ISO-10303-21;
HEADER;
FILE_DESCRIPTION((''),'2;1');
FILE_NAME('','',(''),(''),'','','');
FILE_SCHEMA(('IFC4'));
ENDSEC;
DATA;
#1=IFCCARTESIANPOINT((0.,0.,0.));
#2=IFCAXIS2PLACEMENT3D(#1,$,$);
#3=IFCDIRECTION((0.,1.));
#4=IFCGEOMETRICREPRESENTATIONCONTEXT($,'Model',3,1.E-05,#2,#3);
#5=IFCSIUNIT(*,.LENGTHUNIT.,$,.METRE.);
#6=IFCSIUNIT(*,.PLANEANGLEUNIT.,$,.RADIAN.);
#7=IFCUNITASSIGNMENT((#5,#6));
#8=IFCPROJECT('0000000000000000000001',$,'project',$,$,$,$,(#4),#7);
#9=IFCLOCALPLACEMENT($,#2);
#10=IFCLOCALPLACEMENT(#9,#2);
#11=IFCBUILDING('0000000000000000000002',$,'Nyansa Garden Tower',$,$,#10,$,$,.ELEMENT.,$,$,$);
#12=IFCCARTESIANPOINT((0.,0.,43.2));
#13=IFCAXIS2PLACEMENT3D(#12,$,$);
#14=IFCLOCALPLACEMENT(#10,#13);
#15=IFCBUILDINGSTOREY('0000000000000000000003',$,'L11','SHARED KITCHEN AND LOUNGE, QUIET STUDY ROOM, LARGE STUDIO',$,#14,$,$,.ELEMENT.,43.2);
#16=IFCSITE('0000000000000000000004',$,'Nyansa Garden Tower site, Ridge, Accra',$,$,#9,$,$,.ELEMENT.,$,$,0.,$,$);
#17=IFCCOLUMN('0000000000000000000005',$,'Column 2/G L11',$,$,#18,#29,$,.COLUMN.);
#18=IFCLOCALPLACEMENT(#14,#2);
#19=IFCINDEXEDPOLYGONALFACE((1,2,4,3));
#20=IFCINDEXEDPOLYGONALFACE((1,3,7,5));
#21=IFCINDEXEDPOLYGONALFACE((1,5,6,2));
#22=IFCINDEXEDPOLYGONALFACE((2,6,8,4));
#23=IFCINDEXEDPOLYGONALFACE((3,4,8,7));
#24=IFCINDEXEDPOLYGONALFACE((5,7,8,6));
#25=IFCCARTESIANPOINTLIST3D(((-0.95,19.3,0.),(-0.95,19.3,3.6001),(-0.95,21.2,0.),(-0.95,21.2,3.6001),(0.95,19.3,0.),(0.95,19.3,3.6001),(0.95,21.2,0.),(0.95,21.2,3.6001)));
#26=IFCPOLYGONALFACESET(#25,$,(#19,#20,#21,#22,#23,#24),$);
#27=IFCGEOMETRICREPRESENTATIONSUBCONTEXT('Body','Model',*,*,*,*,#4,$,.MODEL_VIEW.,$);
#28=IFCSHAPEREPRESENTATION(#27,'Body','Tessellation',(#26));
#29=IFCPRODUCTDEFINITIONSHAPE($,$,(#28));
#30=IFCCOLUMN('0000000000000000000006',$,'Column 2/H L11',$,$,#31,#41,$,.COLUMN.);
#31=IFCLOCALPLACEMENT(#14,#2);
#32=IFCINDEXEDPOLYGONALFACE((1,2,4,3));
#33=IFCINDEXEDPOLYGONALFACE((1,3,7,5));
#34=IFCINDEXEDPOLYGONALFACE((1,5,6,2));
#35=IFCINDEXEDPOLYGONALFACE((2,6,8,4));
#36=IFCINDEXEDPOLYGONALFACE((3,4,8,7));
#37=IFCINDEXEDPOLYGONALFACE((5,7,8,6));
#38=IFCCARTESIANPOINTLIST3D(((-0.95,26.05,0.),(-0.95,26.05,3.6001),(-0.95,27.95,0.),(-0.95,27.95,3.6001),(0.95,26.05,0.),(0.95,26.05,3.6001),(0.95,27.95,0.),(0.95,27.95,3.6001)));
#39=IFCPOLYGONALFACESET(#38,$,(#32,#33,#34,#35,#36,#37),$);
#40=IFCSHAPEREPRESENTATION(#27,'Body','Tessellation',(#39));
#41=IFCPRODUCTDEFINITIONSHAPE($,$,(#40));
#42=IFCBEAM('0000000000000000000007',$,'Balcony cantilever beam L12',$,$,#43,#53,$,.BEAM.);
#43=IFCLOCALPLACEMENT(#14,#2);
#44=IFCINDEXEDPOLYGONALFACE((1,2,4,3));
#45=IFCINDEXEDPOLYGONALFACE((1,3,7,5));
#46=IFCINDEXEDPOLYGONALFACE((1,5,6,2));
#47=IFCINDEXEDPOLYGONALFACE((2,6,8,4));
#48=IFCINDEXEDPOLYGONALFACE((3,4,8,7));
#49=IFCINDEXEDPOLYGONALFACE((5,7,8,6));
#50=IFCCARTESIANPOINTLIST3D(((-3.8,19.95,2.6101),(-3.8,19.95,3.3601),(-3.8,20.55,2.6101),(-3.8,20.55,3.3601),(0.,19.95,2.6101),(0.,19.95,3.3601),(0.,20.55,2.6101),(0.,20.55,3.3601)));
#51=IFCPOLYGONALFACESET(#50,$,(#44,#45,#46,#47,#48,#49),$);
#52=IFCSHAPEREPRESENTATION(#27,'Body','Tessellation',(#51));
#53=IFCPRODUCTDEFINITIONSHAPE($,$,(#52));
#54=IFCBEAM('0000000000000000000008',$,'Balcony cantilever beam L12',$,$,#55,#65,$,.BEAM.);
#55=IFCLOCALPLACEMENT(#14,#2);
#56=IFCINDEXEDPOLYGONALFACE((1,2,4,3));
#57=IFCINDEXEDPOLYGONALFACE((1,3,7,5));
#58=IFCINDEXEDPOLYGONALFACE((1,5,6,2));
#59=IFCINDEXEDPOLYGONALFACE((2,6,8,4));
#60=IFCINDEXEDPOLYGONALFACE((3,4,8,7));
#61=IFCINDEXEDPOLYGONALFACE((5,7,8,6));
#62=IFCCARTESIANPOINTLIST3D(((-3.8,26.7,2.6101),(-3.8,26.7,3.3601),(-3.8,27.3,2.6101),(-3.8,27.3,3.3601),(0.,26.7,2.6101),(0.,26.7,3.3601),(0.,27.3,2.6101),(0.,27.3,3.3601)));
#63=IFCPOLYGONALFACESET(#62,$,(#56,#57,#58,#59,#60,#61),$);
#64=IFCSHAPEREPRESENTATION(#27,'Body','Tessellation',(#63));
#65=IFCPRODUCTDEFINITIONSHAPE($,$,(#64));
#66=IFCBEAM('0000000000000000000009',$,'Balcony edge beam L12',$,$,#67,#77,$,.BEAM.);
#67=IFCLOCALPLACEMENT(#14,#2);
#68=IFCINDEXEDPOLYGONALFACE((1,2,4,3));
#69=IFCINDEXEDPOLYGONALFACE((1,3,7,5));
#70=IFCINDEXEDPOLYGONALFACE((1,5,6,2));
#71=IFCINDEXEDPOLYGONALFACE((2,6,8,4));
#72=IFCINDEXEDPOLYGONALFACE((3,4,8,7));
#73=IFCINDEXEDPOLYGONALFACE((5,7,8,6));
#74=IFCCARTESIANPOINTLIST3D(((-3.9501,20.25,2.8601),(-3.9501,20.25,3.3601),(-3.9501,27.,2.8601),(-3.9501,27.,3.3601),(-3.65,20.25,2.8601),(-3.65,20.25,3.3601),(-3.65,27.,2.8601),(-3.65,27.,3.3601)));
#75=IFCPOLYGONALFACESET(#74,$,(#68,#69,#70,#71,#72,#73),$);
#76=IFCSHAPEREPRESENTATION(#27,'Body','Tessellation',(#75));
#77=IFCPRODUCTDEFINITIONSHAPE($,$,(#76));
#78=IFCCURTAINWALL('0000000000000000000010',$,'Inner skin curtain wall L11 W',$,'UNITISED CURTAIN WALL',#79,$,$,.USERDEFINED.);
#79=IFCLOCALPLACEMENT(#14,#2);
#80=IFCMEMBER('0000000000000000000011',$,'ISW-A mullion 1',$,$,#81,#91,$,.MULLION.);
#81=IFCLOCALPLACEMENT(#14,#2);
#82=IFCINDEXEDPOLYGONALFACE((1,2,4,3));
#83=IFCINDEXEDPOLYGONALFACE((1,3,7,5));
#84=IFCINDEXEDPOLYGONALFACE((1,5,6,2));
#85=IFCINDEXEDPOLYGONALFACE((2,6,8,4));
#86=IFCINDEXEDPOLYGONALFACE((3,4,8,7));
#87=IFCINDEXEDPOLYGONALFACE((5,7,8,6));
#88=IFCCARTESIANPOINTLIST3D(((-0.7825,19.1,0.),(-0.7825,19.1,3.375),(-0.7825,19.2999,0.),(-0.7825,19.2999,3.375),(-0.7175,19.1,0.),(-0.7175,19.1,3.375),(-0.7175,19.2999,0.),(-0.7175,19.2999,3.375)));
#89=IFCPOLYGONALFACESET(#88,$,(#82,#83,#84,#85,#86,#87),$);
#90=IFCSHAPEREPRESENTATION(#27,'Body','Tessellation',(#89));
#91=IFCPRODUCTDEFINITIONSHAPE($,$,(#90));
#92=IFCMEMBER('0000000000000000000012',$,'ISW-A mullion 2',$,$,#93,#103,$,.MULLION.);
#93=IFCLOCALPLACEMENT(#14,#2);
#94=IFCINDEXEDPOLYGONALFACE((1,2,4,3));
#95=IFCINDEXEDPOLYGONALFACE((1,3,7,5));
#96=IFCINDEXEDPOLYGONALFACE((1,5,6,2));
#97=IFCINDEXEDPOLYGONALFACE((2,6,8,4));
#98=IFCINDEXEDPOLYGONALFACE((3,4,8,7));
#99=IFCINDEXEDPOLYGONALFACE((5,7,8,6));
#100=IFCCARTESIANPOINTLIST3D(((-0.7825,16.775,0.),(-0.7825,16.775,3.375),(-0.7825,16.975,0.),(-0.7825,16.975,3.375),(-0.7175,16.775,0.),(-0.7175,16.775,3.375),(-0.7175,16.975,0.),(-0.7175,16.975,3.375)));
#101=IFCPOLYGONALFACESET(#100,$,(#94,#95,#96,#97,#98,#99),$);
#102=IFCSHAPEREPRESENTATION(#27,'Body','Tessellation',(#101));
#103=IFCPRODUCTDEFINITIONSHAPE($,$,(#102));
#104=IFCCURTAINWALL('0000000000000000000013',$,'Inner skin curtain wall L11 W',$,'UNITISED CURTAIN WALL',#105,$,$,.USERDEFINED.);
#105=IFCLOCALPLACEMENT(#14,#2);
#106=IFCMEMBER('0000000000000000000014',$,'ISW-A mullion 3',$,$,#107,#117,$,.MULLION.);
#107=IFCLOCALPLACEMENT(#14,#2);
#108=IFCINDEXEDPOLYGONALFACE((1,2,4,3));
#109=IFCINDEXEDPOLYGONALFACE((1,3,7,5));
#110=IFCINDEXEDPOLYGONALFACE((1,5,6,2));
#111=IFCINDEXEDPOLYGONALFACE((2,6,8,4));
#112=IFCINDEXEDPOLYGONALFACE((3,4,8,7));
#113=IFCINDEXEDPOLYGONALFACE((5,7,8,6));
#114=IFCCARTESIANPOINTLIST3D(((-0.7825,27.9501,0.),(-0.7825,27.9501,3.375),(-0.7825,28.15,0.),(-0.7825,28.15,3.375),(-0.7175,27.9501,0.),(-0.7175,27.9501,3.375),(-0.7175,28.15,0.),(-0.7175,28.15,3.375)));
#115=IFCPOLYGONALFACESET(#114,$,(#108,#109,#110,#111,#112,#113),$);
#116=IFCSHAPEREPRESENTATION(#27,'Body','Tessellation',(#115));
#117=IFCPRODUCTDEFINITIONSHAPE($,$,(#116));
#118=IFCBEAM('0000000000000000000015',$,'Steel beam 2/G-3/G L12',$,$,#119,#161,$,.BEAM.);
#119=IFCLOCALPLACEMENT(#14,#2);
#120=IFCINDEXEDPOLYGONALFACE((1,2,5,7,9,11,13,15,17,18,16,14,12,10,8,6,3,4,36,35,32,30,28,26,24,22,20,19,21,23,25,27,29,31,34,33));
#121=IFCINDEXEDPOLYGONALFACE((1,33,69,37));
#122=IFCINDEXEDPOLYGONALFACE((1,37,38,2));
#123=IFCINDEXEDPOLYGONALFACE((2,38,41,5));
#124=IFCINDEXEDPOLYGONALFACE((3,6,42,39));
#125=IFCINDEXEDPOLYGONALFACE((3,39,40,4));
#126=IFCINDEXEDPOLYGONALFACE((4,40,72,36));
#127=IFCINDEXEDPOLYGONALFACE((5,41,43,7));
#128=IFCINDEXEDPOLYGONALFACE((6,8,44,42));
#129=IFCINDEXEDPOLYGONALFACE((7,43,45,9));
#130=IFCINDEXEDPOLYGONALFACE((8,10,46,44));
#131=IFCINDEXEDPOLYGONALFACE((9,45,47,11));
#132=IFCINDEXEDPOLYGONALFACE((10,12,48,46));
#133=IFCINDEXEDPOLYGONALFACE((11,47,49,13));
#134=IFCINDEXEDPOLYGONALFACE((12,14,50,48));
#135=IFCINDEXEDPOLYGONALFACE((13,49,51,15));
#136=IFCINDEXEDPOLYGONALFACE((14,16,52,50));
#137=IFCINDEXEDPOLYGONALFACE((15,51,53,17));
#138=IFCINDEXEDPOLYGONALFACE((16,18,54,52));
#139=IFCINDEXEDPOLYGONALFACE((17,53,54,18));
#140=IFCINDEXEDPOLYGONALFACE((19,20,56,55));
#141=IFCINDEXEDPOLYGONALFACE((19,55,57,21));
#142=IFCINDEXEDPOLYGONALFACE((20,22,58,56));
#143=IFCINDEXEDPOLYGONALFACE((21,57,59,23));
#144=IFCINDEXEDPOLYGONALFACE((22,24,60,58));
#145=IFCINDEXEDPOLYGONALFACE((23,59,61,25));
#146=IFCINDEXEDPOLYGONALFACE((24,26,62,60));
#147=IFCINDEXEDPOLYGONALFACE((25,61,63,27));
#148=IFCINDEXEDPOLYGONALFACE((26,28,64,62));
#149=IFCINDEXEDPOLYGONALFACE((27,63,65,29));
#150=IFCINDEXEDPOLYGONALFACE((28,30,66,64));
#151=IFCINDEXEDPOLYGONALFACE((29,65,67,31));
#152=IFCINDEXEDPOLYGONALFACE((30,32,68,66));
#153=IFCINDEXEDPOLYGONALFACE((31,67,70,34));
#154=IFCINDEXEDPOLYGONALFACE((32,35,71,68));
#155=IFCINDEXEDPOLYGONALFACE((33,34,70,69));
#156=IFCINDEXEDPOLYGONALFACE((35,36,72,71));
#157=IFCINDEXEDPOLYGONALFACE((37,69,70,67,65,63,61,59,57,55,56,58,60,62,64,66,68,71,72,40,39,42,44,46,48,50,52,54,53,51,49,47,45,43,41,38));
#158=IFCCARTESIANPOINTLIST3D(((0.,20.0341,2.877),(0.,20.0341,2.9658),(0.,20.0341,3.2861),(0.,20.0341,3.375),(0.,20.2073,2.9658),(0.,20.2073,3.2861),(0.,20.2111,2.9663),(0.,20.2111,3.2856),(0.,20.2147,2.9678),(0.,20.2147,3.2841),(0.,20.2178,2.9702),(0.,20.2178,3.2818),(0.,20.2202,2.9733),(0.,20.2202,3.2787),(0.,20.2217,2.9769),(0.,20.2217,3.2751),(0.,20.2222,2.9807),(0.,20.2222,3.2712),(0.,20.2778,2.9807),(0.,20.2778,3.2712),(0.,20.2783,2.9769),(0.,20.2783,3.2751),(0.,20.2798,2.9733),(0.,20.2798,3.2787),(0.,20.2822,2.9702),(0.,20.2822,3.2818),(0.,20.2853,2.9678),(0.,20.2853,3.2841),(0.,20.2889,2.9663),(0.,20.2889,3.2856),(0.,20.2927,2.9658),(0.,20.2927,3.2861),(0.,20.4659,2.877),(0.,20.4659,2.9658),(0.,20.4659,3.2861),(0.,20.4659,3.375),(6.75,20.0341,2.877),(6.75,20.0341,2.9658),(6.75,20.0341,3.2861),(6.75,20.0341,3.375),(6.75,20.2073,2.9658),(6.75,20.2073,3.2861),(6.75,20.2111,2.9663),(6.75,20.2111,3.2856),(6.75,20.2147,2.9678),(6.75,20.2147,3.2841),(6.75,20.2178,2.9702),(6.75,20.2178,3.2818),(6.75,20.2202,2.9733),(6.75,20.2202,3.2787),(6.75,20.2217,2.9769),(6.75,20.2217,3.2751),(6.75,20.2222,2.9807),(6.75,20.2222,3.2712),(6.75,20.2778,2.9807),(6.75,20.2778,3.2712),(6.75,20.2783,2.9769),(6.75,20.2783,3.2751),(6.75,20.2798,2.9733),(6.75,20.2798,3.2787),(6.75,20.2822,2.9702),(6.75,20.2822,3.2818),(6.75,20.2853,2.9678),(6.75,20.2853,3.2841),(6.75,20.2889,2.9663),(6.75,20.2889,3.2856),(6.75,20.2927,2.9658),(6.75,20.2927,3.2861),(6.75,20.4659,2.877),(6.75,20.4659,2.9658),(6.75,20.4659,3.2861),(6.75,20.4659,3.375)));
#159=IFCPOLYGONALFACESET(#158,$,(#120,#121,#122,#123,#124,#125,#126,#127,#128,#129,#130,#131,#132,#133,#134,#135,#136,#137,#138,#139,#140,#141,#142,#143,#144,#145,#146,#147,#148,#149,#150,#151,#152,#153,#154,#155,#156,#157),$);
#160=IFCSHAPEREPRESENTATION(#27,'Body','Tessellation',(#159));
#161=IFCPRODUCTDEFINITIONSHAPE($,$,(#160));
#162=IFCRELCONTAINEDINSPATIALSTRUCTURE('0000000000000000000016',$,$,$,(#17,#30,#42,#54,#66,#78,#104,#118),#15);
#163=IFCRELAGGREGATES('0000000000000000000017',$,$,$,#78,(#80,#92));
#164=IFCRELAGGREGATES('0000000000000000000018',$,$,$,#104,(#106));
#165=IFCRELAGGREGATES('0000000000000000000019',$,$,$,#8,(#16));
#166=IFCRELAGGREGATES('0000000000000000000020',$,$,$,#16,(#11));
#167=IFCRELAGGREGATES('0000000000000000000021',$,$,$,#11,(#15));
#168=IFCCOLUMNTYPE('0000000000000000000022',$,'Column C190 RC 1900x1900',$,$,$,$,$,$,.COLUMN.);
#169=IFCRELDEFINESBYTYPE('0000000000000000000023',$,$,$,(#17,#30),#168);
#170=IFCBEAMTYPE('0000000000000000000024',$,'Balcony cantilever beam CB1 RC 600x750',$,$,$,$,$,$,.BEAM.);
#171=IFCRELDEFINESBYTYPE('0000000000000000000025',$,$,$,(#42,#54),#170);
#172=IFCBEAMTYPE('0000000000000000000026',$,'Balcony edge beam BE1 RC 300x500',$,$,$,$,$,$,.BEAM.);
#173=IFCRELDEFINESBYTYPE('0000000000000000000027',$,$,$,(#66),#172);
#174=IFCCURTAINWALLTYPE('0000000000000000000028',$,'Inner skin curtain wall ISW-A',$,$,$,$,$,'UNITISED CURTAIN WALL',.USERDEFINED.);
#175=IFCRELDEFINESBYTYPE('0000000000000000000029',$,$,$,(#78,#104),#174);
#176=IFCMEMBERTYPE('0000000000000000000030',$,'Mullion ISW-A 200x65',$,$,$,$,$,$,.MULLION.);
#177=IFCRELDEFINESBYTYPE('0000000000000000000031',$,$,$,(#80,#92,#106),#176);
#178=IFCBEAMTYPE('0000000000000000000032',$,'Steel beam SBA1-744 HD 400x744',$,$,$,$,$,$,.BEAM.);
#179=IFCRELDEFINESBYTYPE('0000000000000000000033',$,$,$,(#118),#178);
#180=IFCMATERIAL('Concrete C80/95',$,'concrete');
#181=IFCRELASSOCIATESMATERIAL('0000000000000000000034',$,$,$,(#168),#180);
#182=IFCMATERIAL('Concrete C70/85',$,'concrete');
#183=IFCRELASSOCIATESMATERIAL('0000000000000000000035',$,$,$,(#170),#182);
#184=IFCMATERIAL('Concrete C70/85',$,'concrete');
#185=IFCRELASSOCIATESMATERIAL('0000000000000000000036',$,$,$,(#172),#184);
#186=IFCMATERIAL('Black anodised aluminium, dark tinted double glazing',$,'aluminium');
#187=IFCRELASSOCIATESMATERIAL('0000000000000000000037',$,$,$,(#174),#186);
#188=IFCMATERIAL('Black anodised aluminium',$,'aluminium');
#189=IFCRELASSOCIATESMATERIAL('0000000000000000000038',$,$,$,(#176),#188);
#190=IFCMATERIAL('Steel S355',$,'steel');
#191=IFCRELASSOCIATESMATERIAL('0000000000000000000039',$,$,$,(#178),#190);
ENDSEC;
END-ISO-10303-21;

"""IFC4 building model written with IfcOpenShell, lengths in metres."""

from ifc_helpers import new_model, si_unit, direction, frame, origin, origin_2d, place, context, subcontext, project, spatial, rectangle, i_section, extrude, material, material_profile, profile_set, type_object, element, aggregate, save


model = new_model("IFC4")

# Units and contexts
model_context = context("Model", 3, precision=1e-05, world=origin(), true_north=direction((0.0, 1.0)))
body_context = subcontext(model_context, "Body", "Model", "MODEL_VIEW")
ifc_project = project(units=[si_unit("LENGTHUNIT", "METRE"), si_unit("PLANEANGLEUNIT", "RADIAN")], contexts=[model_context])

# Site, building, storey
site_placement = place(None, origin())
site = spatial("IfcSite", under=ifc_project, at=site_placement, Name="Nyansa Garden Tower site, Ridge, Accra", CompositionType="ELEMENT", RefElevation=0.0)
building_placement = place(site_placement, origin())
building = spatial("IfcBuilding", under=site, at=building_placement, Name="Nyansa Garden Tower", CompositionType="ELEMENT")
storey_placement = place(building_placement, frame((0.0, 0.0, 43.2)))
storey = spatial("IfcBuildingStorey", under=building, at=storey_placement, Name="L11", Description="SHARED KITCHEN AND LOUNGE, QUIET STUDY ROOM, LARGE STUDIO", CompositionType="ELEMENT", Elevation=43.2)

# Columns
ifc_material_1 = material(Name="Concrete C80/95", Category="concrete")
ifc_material_profile_1 = material_profile(ifc_material_1, rectangle(XDim=1.8999, YDim=1.8999, at=origin_2d()), Name="RC 1900x1900")
ifc_profile_set_1 = profile_set([ifc_material_profile_1], Name="Concrete C80/95")
column_type = type_object("IfcColumnType", Name="Column C190 RC 1900x1900", PredefinedType="COLUMN", material=ifc_profile_set_1)
for number, where, z_axis, x_axis, name in (
    (1, (0.0, 20.25, 0.0), (0.0, 0.0, 1.0), (1.0, 0.0, 0.0), "Column 2/G L11"),
    (2, (0.0, 27.0, 0.0), (0.0, 0.0, 1.0), (1.0, 0.0, 0.0), "Column 2/H L11"),
):
    element("IfcColumn", number, at=place(storey_placement, frame(where, z_axis=z_axis, x_axis=x_axis)), inside=storey, type_object=column_type, Name=name, PredefinedType="COLUMN", context=body_context, shape_type="SweptSolid", body=[
        extrude(rectangle(XDim=1.8999, YDim=1.8999, at=origin_2d()), origin(), (0.0, 0.0, 1.0), 3.6001),
    ])

# Beams
ifc_material_2 = material(Name="Concrete C70/85", Category="concrete")
ifc_material_profile_2 = material_profile(ifc_material_2, rectangle(XDim=0.6001, YDim=0.75, at=origin_2d()), Name="RC 600x750")
ifc_profile_set_2 = profile_set([ifc_material_profile_2], Name="Concrete C70/85")
beam_type_1 = type_object("IfcBeamType", Name="Balcony cantilever beam CB1 RC 600x750", PredefinedType="BEAM", material=ifc_profile_set_2)
for number, where, z_axis, x_axis, name in (
    (3, (0.0, 20.25, 2.9851), (-1.0, 0.0, 0.0), (0.0, -1.0, 0.0), "Balcony cantilever beam L12"),
    (4, (0.0, 27.0, 2.9851), (-1.0, 0.0, 0.0), (0.0, -1.0, 0.0), "Balcony cantilever beam L12"),
):
    element("IfcBeam", number, at=place(storey_placement, frame(where, z_axis=z_axis, x_axis=x_axis)), inside=storey, type_object=beam_type_1, Name=name, PredefinedType="BEAM", context=body_context, shape_type="SweptSolid", body=[
        extrude(rectangle(XDim=0.6001, YDim=0.75, at=origin_2d()), origin(), (0.0, 0.0, 1.0), 3.8),
    ])
ifc_material_3 = material(Name="Concrete C70/85", Category="concrete")
ifc_material_profile_3 = material_profile(ifc_material_3, rectangle(XDim=0.3, YDim=0.5, at=origin_2d()), Name="RC 300x500")
ifc_profile_set_3 = profile_set([ifc_material_profile_3], Name="Concrete C70/85")
beam_type_2 = type_object("IfcBeamType", Name="Balcony edge beam BE1 RC 300x500", PredefinedType="BEAM", material=ifc_profile_set_3)
beam_placement = place(storey_placement, frame((-3.8, 20.25, 3.1101), z_axis=(0.0, 1.0, 0.0), x_axis=(-1.0, 0.0, 0.0)))
element("IfcBeam", 5, at=beam_placement, inside=storey, type_object=beam_type_2, Name="Balcony edge beam L12", PredefinedType="BEAM", context=body_context, shape_type="SweptSolid", body=[
    extrude(rectangle(XDim=0.3, YDim=0.5, at=origin_2d()), origin(), (0.0, 0.0, 1.0), 6.75),
])

# Curtain wall, members
ifc_material_4 = material(Name="Black anodised aluminium, dark tinted double glazing", Category="aluminium")
curtain_wall_type = type_object("IfcCurtainWallType", Name="Inner skin curtain wall ISW-A", ElementType="UNITISED CURTAIN WALL", PredefinedType="USERDEFINED", material=ifc_material_4)
curtain_wall_1_placement = place(storey_placement, origin())
curtain_wall_1 = element("IfcCurtainWall", 6, at=curtain_wall_1_placement, inside=storey, type_object=curtain_wall_type, Name="Inner skin curtain wall L11 W", ObjectType="UNITISED CURTAIN WALL", PredefinedType="USERDEFINED")
ifc_material_5 = material(Name="Black anodised aluminium", Category="aluminium")
ifc_material_profile_4 = material_profile(ifc_material_5, rectangle(XDim=0.0649, YDim=0.2, at=origin_2d()), Name="Mullion 200x65")
ifc_profile_set_4 = profile_set([ifc_material_profile_4], Name="Black anodised aluminium")
member_type_1 = type_object("IfcMemberType", Name="Mullion ISW-A 200x65", PredefinedType="MULLION", material=ifc_profile_set_4)
member_1_placement = place(storey_placement, frame((-0.75, 19.2, 0.0), z_axis=(0.0, 0.0, 1.0), x_axis=(1.0, 0.0, 0.0)))
member_1 = element("IfcMember", 7, at=member_1_placement, type_object=member_type_1, Name="ISW-A mullion 1", PredefinedType="MULLION", context=body_context, shape_type="SweptSolid", body=[
    extrude(rectangle(XDim=0.0649, YDim=0.2, at=origin_2d()), origin(), (0.0, 0.0, 1.0), 3.375),
])
member_2_placement = place(storey_placement, frame((-0.75, 16.875, 0.0), z_axis=(0.0, 0.0, 1.0), x_axis=(1.0, 0.0, 0.0)))
member_2 = element("IfcMember", 8, at=member_2_placement, type_object=member_type_1, Name="ISW-A mullion 2", PredefinedType="MULLION", context=body_context, shape_type="SweptSolid", body=[
    extrude(rectangle(XDim=0.0649, YDim=0.2, at=origin_2d()), origin(), (0.0, 0.0, 1.0), 3.375),
])

# Curtain wall, member
curtain_wall_2_placement = place(storey_placement, origin())
curtain_wall_2 = element("IfcCurtainWall", 9, at=curtain_wall_2_placement, inside=storey, type_object=curtain_wall_type, Name="Inner skin curtain wall L11 W", ObjectType="UNITISED CURTAIN WALL", PredefinedType="USERDEFINED")
member_3_placement = place(storey_placement, frame((-0.75, 28.05, 0.0), z_axis=(0.0, 0.0, 1.0), x_axis=(1.0, 0.0, 0.0)))
member_3 = element("IfcMember", 10, at=member_3_placement, type_object=member_type_1, Name="ISW-A mullion 3", PredefinedType="MULLION", context=body_context, shape_type="SweptSolid", body=[
    extrude(rectangle(XDim=0.0649, YDim=0.2, at=origin_2d()), origin(), (0.0, 0.0, 1.0), 3.375),
])

# Beam
ifc_material_6 = material(Name="Steel S355", Category="steel")
ifc_material_profile_5 = material_profile(ifc_material_6, i_section(OverallWidth=0.4319, OverallDepth=0.498, WebThickness=0.0557, FlangeThickness=0.0889, FilletRadius=0.0149, at=origin_2d()), Name="HD 400x744")
ifc_profile_set_5 = profile_set([ifc_material_profile_5], Name="Steel S355")
beam_type_3 = type_object("IfcBeamType", Name="Steel beam SBA1-744 HD 400x744", PredefinedType="BEAM", material=ifc_profile_set_5)
for number, where, z_axis, x_axis, name in (
    (11, (0.0, 20.25, 3.126), (1.0, 0.0, 0.0), (0.0, 1.0, 0.0), "Steel beam 2/G-3/G L12"),
):
    element("IfcBeam", number, at=place(storey_placement, frame(where, z_axis=z_axis, x_axis=x_axis)), inside=storey, type_object=beam_type_3, Name=name, PredefinedType="BEAM", context=body_context, shape_type="SweptSolid", body=[
        extrude(i_section(OverallWidth=0.4319, OverallDepth=0.498, WebThickness=0.0557, FlangeThickness=0.0889, FilletRadius=0.0149, at=origin_2d()), origin(), (0.0, 0.0, 1.0), 6.75),
    ])

aggregate(curtain_wall_1, [member_1, member_2])
aggregate(curtain_wall_2, [member_3])

save(model, "model.ifc")
